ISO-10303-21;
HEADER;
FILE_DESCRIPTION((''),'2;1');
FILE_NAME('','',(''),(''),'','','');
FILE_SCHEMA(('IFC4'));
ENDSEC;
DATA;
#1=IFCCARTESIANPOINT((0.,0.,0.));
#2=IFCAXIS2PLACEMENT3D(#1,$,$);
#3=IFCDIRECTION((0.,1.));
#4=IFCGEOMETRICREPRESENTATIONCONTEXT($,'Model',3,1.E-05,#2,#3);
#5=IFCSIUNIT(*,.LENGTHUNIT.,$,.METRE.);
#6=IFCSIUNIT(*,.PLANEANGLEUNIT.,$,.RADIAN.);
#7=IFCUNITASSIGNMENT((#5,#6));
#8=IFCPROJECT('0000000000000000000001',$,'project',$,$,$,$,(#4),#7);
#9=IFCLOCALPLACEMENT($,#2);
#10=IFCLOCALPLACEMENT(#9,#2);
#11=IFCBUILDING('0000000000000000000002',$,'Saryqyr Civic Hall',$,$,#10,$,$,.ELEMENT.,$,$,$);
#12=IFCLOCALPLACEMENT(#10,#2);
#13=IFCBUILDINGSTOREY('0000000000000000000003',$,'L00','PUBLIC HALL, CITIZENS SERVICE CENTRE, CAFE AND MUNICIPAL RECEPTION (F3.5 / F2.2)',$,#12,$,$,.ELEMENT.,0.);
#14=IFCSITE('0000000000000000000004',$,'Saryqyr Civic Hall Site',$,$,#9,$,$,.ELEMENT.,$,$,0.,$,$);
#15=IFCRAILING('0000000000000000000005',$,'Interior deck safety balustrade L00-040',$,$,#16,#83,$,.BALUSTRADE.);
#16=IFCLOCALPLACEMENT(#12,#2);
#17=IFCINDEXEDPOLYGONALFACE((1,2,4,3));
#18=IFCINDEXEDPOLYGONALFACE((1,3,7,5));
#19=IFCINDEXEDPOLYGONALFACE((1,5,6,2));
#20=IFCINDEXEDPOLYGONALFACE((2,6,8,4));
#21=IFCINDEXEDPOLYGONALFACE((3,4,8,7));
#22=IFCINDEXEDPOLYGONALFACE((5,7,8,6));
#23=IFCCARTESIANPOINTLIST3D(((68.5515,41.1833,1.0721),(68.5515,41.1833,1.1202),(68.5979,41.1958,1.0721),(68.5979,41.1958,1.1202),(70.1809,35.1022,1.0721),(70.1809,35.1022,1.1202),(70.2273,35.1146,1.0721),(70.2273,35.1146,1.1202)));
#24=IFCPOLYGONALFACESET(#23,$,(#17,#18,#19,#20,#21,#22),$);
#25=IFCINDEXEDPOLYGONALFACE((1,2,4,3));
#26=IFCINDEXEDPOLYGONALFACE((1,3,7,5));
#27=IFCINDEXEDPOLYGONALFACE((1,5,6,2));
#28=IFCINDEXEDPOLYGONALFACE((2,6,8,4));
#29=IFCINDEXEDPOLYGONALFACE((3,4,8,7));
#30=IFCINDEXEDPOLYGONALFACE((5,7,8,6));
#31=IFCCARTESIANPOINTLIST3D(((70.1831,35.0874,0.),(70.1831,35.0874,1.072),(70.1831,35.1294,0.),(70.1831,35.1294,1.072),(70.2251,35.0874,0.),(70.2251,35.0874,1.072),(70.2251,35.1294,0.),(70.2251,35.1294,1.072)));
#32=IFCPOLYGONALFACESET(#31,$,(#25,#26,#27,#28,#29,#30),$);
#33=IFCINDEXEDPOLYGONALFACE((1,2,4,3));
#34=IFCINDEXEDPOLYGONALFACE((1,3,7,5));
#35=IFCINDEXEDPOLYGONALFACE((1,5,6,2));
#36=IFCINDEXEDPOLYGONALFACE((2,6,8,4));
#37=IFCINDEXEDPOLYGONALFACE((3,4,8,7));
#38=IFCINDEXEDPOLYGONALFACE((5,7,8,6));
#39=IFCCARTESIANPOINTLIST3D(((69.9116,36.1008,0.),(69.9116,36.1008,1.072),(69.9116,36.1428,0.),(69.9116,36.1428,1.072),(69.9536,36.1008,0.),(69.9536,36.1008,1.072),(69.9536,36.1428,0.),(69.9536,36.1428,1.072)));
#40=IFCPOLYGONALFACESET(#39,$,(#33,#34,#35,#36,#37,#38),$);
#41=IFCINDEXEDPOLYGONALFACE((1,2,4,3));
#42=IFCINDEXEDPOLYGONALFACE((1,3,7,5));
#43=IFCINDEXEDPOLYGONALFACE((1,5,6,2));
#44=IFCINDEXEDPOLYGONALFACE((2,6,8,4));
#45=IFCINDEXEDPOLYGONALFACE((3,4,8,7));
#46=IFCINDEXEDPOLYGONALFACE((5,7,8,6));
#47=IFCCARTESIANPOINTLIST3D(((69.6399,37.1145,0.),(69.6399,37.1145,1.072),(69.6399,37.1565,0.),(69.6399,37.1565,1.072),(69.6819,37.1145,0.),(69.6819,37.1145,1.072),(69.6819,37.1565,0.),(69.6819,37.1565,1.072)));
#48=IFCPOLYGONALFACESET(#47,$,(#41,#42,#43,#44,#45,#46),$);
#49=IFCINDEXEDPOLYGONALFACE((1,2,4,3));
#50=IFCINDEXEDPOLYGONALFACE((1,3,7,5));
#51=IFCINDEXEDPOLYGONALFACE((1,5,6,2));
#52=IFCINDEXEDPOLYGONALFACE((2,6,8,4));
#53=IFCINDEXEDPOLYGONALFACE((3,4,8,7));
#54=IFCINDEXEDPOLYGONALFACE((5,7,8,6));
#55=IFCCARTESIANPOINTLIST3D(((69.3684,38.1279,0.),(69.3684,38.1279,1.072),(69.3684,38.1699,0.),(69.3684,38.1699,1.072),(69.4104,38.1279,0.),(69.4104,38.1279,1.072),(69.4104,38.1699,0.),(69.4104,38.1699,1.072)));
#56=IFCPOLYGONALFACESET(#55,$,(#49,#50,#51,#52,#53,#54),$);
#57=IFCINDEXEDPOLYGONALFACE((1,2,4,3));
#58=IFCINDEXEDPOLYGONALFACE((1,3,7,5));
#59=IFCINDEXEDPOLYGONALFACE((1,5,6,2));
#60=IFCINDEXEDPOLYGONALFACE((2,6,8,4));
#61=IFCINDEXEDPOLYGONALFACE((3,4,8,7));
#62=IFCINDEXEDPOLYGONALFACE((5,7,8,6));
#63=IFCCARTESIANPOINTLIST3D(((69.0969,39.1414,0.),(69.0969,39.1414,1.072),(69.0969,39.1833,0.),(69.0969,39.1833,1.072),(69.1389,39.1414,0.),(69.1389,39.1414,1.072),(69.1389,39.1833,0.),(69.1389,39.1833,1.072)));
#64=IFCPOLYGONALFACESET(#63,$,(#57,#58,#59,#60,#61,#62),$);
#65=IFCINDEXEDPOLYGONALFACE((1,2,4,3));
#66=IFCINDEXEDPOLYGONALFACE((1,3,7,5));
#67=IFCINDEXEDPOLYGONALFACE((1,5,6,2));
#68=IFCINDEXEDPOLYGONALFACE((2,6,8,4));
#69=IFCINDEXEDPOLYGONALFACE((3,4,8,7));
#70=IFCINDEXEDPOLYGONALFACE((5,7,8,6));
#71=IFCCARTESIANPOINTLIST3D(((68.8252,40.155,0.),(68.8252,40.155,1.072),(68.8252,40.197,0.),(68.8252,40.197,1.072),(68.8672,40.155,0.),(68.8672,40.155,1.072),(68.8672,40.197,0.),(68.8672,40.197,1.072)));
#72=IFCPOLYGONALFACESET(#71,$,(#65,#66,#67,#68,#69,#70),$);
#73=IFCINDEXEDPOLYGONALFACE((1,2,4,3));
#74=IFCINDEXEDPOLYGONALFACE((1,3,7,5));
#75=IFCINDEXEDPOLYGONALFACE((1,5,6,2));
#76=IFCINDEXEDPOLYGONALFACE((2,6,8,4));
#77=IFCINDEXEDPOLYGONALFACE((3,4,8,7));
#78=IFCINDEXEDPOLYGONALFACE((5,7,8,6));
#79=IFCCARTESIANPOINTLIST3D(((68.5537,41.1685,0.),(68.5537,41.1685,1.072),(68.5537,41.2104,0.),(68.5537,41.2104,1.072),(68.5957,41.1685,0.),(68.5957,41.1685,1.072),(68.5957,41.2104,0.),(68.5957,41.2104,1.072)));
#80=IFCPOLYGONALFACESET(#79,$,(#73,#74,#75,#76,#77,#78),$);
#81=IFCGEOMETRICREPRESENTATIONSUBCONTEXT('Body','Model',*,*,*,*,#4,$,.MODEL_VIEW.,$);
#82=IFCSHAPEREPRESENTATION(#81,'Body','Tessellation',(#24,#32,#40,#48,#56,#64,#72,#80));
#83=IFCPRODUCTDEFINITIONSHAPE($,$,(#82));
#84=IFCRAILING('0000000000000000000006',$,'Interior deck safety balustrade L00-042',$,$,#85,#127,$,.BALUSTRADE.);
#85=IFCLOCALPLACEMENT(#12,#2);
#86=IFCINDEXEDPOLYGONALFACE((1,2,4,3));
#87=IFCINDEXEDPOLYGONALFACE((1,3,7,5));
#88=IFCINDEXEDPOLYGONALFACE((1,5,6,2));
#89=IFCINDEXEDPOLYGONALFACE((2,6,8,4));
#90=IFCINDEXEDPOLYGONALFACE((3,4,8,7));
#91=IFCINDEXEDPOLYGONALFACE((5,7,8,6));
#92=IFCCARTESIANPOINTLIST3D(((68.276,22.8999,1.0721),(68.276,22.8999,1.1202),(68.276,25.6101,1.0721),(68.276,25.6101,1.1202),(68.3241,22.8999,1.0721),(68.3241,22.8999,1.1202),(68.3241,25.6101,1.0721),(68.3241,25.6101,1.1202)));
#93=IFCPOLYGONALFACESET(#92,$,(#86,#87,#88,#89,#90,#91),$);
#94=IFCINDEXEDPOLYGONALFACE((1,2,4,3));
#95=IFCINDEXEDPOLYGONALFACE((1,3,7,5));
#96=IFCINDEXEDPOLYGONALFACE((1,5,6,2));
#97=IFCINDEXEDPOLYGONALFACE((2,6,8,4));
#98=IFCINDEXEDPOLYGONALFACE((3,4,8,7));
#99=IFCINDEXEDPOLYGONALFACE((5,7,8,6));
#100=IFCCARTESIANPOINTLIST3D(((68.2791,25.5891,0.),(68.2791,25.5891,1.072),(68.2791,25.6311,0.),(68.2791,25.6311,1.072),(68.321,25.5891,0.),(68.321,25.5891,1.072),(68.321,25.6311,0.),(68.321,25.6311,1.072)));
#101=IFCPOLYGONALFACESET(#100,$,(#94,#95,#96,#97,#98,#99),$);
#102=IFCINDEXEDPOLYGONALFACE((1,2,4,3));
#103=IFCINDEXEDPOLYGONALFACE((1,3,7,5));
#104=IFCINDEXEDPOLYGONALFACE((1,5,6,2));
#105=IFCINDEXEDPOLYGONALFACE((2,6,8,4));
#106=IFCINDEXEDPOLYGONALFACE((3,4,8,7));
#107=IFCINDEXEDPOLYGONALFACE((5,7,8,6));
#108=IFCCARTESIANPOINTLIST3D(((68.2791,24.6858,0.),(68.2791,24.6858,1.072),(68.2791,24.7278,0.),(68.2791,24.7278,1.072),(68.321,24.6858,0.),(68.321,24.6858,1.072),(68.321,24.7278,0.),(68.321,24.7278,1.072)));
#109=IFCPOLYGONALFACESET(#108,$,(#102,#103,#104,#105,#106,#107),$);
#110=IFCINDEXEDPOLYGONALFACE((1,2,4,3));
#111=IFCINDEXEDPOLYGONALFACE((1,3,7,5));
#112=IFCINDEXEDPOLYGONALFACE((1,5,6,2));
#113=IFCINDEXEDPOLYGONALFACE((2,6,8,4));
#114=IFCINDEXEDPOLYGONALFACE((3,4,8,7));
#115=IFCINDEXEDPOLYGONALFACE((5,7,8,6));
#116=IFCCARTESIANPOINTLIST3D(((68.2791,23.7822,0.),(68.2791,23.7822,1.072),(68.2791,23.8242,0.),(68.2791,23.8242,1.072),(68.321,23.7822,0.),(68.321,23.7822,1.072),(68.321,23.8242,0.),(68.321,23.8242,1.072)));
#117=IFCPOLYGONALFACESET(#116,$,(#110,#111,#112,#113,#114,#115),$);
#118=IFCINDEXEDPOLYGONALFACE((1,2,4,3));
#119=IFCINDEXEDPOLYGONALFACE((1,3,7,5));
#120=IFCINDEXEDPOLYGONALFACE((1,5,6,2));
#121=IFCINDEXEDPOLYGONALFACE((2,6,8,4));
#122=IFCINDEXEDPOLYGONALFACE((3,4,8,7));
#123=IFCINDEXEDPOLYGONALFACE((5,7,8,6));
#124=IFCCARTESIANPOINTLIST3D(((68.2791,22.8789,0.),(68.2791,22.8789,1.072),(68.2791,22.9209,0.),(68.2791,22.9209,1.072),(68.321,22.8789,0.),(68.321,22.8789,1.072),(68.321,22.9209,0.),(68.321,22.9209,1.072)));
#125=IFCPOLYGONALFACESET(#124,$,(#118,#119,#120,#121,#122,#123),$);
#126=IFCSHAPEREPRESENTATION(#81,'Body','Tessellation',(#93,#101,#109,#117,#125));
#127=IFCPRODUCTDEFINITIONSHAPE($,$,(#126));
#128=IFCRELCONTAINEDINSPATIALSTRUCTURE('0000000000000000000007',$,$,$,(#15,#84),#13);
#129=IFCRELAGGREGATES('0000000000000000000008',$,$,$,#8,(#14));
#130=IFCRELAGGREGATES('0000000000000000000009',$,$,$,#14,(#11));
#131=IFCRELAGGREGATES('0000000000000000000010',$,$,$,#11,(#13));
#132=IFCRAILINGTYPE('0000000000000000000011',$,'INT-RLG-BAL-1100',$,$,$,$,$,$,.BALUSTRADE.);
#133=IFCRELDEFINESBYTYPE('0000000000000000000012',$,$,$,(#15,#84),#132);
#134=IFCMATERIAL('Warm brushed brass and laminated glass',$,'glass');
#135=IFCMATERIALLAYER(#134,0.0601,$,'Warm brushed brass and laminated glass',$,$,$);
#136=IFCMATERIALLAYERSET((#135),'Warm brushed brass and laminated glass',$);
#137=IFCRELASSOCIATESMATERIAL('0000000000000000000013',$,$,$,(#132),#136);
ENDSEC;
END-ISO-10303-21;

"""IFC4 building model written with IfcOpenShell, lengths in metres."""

from ifc_helpers import new_model, si_unit, direction, frame, origin, origin_2d, place, context, subcontext, project, spatial, rectangle, extrude, material, layer, layer_set, type_object, element, save


model = new_model("IFC4")

# Units and contexts
model_context = context("Model", 3, precision=1e-05, world=origin(), true_north=direction((0.0, 1.0)))
body_context = subcontext(model_context, "Body", "Model", "MODEL_VIEW")
ifc_project = project(units=[si_unit("LENGTHUNIT", "METRE"), si_unit("PLANEANGLEUNIT", "RADIAN")], contexts=[model_context])

# Site, building, storey
site_placement = place(None, origin())
site = spatial("IfcSite", under=ifc_project, at=site_placement, Name="Saryqyr Civic Hall Site", CompositionType="ELEMENT", RefElevation=0.0)
building_placement = place(site_placement, origin())
building = spatial("IfcBuilding", under=site, at=building_placement, Name="Saryqyr Civic Hall", CompositionType="ELEMENT")
storey_placement = place(building_placement, origin())
storey = spatial("IfcBuildingStorey", under=building, at=storey_placement, Name="L00", Description="PUBLIC HALL, CITIZENS SERVICE CENTRE, CAFE AND MUNICIPAL RECEPTION (F3.5 / F2.2)", CompositionType="ELEMENT", Elevation=0.0)

# Railings
ifc_material_1 = material(Name="Warm brushed brass and laminated glass", Category="glass")
ifc_layer_1 = layer(ifc_material_1, 0.0601, Name="Warm brushed brass and laminated glass")
ifc_layer_set_1 = layer_set([ifc_layer_1], Name="Warm brushed brass and laminated glass")
railing_type = type_object("IfcRailingType", Name="INT-RLG-BAL-1100", PredefinedType="BALUSTRADE", material=ifc_layer_set_1)
railing_1_placement = place(storey_placement, frame((70.2041, 35.1084, 0.0)))
element("IfcRailing", 1, at=railing_1_placement, inside=storey, type_object=railing_type, Name="Interior deck safety balustrade L00-040", PredefinedType="BALUSTRADE", context=body_context, shape_type="SweptSolid", body=[
    extrude(rectangle(XDim=0.0481, YDim=0.0481, at=origin_2d()), frame((0.0, 0.0, 1.0962), z_axis=(-0.258816, 0.965927, 0.0), x_axis=(-0.965927, -0.258816, 0.0)), (0.0, 0.0, 1.0), 6.2957),
    extrude(rectangle(XDim=0.042, YDim=0.042, at=origin_2d()), origin(), (0.0, 0.0, 1.0), 1.072),
    extrude(rectangle(XDim=0.042, YDim=0.042, at=origin_2d()), frame((-0.2715, 1.0134, 0.0)), (0.0, 0.0, 1.0), 1.072),
    extrude(rectangle(XDim=0.042, YDim=0.042, at=origin_2d()), frame((-0.5432, 2.0271, 0.0)), (0.0, 0.0, 1.0), 1.072),
    extrude(rectangle(XDim=0.042, YDim=0.042, at=origin_2d()), frame((-0.8147, 3.0405, 0.0)), (0.0, 0.0, 1.0), 1.072),
    extrude(rectangle(XDim=0.042, YDim=0.042, at=origin_2d()), frame((-1.0862, 4.054, 0.0)), (0.0, 0.0, 1.0), 1.072),
    extrude(rectangle(XDim=0.042, YDim=0.042, at=origin_2d()), frame((-1.3579, 5.0676, 0.0)), (0.0, 0.0, 1.0), 1.072),
    extrude(rectangle(XDim=0.042, YDim=0.042, at=origin_2d()), frame((-1.6294, 6.0811, 0.0)), (0.0, 0.0, 1.0), 1.072),
])
railing_2_placement = place(storey_placement, frame((68.3, 25.6101, 0.0)))
element("IfcRailing", 2, at=railing_2_placement, inside=storey, type_object=railing_type, Name="Interior deck safety balustrade L00-042", PredefinedType="BALUSTRADE", context=body_context, shape_type="SweptSolid", body=[
    extrude(rectangle(XDim=0.0481, YDim=0.0481, at=origin_2d()), frame((0.0, 0.0, 1.0962), z_axis=(0.0, -1.0, 0.0), x_axis=(1.0, 0.0, 0.0)), (0.0, 0.0, 1.0), 2.7102),
    extrude(rectangle(XDim=0.042, YDim=0.042, at=origin_2d()), origin(), (0.0, 0.0, 1.0), 1.072),
    extrude(rectangle(XDim=0.042, YDim=0.042, at=origin_2d()), frame((0.0, -0.9033, 0.0)), (0.0, 0.0, 1.0), 1.072),
    extrude(rectangle(XDim=0.042, YDim=0.042, at=origin_2d()), frame((0.0, -1.8069, 0.0)), (0.0, 0.0, 1.0), 1.072),
    extrude(rectangle(XDim=0.042, YDim=0.042, at=origin_2d()), frame((0.0, -2.7102, 0.0)), (0.0, 0.0, 1.0), 1.072),
])

save(model, "model.ifc")
